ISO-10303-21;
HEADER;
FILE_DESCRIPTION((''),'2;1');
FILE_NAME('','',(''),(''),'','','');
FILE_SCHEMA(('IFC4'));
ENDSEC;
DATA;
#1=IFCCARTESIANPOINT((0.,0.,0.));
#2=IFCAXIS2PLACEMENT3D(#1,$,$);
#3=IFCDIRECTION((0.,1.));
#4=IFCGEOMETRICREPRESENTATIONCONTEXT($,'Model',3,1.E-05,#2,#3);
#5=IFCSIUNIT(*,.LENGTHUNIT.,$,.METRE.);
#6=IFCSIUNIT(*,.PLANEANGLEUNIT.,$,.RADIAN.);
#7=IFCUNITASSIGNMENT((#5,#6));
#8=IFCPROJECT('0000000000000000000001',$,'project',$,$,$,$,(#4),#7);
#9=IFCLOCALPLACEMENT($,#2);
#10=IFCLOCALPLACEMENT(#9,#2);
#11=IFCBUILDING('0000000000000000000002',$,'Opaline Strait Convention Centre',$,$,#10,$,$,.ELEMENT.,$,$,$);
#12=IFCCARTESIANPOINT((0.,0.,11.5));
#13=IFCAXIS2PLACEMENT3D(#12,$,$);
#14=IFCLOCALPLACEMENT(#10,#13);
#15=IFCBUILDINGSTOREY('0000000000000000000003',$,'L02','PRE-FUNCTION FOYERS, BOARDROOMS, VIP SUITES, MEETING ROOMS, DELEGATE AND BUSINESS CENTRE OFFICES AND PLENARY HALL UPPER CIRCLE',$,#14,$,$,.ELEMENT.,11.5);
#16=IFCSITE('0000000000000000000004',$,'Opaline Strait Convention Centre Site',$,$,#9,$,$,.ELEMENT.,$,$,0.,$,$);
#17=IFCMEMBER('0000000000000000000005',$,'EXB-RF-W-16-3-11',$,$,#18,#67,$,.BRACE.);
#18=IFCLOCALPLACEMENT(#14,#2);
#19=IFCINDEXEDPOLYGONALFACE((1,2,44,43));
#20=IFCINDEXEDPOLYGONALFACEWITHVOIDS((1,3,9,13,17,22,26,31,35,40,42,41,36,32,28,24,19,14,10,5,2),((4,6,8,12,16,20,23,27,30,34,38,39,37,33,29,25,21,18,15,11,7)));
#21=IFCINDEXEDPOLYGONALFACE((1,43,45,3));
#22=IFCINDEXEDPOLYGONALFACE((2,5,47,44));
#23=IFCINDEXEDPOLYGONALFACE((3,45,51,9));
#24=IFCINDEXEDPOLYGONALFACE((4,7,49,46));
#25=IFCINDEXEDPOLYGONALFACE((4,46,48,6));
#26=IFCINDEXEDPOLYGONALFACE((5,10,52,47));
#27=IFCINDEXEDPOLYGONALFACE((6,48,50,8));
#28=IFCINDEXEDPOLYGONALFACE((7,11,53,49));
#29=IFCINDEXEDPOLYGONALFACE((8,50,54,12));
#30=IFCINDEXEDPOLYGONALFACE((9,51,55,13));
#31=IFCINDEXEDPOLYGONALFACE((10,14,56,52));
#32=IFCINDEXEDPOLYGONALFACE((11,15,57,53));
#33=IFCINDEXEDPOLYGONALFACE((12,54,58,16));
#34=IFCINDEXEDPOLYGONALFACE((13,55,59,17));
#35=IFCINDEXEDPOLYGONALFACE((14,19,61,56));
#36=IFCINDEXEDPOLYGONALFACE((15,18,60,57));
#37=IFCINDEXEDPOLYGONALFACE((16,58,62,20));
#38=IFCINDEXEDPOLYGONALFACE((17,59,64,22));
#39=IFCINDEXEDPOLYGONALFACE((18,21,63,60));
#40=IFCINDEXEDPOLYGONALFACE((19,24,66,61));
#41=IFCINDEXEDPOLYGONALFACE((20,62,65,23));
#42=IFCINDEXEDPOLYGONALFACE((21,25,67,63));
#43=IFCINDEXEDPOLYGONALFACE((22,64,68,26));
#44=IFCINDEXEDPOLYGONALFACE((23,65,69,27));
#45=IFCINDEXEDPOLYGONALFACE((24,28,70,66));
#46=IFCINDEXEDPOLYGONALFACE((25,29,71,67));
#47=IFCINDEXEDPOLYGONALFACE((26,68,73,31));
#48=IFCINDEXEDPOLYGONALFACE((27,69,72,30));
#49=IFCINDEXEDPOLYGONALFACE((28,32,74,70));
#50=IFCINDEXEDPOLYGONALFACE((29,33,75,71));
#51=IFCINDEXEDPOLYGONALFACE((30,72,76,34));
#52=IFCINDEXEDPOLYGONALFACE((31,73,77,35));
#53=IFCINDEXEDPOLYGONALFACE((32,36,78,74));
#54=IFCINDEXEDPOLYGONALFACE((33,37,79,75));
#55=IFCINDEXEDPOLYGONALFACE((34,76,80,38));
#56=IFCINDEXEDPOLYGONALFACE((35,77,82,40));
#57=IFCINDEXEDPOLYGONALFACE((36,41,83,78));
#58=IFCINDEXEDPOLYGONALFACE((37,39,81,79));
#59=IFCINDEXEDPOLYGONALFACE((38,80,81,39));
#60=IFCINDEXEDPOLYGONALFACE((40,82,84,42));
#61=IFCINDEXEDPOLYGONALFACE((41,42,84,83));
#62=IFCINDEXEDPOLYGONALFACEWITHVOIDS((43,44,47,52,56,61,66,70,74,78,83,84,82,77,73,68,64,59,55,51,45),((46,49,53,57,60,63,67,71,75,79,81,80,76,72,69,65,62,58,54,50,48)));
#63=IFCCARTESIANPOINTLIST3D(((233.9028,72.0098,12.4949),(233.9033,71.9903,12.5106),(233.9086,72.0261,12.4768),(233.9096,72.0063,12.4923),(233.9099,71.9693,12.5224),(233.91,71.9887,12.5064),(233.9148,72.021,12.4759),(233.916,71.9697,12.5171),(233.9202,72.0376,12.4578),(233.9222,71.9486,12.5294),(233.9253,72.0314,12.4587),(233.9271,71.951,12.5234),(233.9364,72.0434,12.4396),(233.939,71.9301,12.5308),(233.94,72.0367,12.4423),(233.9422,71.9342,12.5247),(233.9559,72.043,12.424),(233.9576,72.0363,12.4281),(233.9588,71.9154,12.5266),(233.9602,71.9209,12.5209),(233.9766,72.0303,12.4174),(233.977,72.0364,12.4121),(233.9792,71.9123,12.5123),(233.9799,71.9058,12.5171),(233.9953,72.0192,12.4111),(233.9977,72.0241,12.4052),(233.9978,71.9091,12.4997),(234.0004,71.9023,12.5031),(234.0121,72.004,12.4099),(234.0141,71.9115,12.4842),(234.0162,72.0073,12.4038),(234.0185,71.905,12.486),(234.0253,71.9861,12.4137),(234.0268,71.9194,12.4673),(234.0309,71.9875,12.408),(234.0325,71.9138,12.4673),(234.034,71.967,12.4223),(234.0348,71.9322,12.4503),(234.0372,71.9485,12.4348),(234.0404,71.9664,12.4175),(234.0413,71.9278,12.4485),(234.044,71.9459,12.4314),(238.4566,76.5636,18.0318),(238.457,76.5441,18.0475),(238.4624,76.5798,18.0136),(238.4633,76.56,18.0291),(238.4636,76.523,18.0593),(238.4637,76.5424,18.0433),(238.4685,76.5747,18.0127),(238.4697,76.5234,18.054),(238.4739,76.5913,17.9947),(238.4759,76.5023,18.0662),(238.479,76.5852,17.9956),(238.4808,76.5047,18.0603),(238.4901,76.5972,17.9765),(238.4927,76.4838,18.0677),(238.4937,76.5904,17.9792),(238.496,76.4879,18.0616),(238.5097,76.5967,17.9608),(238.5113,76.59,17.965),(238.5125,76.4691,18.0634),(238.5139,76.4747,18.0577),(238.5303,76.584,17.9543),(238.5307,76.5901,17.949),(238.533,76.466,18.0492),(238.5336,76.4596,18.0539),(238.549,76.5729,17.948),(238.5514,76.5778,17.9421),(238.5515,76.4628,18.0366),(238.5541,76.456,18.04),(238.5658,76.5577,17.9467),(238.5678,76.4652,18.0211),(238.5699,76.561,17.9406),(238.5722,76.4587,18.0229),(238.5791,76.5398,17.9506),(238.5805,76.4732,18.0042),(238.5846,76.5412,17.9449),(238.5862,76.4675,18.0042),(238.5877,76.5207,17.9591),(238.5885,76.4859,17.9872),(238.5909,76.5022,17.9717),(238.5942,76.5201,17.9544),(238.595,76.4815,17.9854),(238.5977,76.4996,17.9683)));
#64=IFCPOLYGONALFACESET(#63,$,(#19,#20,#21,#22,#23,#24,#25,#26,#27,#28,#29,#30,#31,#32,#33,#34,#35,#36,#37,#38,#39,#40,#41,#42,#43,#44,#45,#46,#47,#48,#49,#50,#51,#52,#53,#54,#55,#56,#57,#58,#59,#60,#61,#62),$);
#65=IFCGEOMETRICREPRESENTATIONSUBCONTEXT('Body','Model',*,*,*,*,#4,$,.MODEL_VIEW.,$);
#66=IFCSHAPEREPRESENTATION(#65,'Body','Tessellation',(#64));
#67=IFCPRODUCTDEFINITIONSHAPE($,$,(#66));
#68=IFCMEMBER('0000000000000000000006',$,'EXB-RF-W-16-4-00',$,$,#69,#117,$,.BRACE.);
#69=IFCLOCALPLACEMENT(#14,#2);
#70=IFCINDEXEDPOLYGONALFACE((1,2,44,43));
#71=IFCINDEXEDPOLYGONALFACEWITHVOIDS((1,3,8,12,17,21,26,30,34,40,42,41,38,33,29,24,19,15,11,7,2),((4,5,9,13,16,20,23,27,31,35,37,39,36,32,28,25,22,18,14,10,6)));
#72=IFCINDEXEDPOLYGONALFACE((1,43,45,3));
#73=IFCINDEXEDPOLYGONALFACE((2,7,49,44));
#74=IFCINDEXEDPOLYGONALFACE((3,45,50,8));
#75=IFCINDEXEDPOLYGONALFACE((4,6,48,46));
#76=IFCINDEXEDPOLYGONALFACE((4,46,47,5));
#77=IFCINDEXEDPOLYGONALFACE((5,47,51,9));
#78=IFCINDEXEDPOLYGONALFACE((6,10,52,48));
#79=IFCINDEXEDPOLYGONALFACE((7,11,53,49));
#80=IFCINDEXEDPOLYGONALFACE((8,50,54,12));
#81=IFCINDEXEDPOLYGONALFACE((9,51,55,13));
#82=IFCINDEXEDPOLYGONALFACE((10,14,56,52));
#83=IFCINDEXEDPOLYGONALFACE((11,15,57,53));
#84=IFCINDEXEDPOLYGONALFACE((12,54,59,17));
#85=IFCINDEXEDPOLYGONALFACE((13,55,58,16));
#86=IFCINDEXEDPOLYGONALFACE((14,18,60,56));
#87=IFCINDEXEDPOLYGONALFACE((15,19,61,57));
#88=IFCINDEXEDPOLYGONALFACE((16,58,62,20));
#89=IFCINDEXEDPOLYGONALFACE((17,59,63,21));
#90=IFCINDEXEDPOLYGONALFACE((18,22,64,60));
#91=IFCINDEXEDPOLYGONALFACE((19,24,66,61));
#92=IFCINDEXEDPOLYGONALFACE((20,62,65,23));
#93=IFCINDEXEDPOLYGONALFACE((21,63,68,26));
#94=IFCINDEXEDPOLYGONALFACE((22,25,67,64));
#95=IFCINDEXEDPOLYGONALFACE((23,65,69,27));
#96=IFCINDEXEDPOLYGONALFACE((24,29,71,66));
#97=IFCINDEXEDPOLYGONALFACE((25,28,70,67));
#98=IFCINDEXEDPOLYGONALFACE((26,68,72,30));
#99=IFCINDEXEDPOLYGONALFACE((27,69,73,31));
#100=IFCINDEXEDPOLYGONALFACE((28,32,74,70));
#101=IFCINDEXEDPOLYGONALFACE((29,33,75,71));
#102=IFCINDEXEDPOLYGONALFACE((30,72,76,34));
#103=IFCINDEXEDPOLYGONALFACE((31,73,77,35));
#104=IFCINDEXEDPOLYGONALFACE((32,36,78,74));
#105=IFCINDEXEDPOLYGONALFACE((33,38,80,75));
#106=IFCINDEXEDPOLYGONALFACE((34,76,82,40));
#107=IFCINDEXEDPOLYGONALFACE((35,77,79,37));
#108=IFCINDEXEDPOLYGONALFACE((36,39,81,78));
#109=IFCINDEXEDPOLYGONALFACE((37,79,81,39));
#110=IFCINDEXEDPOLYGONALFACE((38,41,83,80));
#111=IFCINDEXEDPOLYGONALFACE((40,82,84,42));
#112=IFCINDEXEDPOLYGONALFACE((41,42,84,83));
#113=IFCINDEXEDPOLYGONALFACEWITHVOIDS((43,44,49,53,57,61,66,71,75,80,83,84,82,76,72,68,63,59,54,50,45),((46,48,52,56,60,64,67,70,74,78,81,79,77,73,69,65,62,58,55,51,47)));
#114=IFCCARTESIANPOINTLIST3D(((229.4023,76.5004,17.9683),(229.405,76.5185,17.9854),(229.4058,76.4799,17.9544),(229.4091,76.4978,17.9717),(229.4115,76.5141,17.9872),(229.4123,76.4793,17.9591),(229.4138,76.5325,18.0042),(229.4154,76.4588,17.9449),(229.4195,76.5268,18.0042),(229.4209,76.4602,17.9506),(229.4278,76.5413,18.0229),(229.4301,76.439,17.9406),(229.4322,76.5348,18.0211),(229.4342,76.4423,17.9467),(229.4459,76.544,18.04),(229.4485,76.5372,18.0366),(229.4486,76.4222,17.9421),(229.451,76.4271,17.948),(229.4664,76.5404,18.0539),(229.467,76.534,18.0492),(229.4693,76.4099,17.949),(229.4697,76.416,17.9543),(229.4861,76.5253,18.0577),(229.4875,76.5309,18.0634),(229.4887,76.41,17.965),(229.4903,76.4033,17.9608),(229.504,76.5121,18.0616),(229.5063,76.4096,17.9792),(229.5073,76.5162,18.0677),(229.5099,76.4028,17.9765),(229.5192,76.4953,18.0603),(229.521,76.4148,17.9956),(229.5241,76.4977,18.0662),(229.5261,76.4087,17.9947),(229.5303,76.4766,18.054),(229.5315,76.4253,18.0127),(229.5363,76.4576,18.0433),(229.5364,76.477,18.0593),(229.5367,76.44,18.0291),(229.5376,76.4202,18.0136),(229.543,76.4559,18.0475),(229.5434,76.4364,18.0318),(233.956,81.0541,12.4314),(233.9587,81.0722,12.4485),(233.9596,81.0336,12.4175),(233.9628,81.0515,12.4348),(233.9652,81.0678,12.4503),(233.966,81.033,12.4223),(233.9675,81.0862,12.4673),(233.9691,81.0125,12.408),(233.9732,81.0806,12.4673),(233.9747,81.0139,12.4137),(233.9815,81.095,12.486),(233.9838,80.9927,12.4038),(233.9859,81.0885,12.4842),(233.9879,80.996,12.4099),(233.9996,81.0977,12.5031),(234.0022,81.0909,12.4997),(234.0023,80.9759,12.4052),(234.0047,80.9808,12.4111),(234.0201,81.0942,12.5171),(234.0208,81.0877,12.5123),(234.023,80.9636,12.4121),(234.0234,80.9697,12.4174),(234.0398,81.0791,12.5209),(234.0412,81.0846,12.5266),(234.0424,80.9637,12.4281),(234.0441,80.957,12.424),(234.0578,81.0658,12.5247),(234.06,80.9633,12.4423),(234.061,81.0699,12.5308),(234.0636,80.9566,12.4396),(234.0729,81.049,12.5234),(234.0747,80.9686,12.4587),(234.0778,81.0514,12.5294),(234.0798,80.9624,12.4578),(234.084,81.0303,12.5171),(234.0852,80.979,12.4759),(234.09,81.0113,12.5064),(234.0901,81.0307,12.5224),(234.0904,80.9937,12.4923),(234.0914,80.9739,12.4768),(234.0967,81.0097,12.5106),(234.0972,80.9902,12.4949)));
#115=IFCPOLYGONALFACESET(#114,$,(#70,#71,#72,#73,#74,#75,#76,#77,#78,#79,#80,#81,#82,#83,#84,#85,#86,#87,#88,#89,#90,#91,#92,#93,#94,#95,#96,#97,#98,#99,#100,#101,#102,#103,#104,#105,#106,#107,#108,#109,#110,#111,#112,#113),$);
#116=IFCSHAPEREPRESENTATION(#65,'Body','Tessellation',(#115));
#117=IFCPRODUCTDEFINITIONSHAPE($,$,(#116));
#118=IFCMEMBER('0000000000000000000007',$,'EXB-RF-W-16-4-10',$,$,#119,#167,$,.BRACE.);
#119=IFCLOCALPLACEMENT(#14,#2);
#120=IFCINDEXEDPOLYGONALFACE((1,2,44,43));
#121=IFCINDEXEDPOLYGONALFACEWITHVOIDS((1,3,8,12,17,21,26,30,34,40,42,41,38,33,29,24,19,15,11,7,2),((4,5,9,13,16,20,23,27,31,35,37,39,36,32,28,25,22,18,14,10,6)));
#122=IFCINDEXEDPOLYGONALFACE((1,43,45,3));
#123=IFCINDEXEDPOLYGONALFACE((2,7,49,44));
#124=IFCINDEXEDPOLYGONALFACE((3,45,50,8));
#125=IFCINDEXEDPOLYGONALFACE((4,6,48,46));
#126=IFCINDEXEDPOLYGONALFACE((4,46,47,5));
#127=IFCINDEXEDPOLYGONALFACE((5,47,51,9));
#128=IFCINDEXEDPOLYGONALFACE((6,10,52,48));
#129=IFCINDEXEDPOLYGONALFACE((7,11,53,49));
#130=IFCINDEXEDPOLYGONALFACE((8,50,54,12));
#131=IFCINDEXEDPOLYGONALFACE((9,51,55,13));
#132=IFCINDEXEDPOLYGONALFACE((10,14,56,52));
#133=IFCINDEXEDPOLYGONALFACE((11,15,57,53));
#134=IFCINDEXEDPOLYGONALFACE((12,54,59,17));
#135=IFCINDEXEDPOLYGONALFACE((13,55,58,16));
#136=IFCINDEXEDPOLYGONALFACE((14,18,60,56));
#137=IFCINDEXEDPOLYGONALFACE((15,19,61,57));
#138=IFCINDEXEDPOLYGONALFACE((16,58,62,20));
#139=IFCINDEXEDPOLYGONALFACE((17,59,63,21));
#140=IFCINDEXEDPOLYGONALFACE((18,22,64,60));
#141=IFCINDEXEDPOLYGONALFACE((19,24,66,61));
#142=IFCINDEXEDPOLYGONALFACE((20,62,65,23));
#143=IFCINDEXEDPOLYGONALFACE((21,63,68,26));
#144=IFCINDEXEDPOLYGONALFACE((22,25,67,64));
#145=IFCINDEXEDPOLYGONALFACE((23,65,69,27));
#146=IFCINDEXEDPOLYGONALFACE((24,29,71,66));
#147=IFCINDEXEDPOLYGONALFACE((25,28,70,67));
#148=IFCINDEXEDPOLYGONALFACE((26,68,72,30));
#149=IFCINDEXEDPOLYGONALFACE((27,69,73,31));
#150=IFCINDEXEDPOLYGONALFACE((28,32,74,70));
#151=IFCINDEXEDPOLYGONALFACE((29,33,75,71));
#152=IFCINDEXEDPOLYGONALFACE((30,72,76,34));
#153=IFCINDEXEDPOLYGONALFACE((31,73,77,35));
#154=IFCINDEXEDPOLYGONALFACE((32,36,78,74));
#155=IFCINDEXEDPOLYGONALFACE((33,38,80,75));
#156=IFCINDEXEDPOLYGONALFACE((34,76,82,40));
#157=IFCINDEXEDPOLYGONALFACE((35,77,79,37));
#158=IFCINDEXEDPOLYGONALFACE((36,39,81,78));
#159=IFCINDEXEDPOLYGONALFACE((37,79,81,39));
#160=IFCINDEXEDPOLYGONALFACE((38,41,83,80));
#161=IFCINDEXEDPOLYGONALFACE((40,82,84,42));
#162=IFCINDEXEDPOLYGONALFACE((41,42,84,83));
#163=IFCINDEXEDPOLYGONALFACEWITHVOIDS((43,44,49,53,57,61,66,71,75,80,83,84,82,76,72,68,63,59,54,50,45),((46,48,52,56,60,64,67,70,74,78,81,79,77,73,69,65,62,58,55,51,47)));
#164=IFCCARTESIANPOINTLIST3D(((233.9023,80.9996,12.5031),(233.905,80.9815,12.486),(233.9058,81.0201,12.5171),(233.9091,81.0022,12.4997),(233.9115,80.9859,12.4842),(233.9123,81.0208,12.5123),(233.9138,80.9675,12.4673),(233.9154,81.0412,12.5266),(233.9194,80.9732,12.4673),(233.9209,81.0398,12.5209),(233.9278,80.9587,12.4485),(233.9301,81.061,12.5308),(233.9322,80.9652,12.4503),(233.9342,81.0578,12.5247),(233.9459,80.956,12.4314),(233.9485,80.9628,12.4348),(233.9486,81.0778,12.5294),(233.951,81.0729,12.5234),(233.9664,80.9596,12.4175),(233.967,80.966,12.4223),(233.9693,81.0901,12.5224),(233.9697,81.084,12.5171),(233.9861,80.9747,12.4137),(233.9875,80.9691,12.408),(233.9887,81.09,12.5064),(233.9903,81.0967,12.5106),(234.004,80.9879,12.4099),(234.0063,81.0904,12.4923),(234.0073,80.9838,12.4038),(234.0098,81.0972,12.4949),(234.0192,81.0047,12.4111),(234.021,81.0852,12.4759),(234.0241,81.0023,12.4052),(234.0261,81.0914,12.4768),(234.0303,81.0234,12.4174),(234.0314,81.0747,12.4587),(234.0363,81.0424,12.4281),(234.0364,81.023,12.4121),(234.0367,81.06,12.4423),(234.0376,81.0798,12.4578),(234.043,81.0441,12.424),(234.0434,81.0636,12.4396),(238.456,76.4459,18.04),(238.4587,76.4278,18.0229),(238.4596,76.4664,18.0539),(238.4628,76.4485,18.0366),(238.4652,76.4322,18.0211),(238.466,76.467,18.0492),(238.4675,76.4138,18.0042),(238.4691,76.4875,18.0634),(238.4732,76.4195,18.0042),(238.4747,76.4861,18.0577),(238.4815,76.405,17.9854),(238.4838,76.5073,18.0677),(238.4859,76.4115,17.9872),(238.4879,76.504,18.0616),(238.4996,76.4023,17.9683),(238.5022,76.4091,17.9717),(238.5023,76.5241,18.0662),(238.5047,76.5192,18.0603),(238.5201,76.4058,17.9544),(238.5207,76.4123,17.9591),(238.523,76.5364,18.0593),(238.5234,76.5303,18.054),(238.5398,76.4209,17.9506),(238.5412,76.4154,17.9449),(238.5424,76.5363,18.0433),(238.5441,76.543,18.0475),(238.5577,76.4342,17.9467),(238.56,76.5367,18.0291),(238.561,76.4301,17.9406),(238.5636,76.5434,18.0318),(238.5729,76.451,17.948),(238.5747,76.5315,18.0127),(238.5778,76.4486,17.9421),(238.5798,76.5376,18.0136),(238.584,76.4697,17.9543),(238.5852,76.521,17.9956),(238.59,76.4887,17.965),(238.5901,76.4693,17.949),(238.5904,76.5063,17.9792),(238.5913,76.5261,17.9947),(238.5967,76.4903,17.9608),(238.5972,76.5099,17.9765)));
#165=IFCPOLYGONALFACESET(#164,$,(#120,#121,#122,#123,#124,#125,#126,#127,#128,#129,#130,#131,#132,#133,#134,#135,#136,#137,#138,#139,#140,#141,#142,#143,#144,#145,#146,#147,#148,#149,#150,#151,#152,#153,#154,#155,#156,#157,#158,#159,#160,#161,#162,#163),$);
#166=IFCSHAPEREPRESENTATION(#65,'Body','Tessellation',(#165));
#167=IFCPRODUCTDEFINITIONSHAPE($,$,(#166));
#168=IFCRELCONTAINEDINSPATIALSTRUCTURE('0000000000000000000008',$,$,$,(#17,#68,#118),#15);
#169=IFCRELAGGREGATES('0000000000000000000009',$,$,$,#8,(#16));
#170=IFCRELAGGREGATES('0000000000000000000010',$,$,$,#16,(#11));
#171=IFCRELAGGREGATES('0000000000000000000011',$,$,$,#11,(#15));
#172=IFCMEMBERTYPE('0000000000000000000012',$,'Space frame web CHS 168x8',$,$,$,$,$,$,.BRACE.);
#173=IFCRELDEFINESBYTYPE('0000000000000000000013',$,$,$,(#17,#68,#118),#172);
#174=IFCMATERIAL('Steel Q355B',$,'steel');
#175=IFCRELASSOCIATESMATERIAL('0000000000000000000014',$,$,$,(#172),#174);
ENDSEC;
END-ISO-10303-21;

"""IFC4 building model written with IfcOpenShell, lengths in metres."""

from ifc_helpers import new_model, si_unit, direction, frame, origin, origin_2d, place, context, subcontext, project, spatial, hollow_circle, extrude, material, material_profile, profile_set, type_object, element, save


model = new_model("IFC4")

# Units and contexts
model_context = context("Model", 3, precision=1e-05, world=origin(), true_north=direction((0.0, 1.0)))
body_context = subcontext(model_context, "Body", "Model", "MODEL_VIEW")
ifc_project = project(units=[si_unit("LENGTHUNIT", "METRE"), si_unit("PLANEANGLEUNIT", "RADIAN")], contexts=[model_context])

# Site, building, storey
site_placement = place(None, origin())
site = spatial("IfcSite", under=ifc_project, at=site_placement, Name="Opaline Strait Convention Centre Site", CompositionType="ELEMENT", RefElevation=0.0)
building_placement = place(site_placement, origin())
building = spatial("IfcBuilding", under=site, at=building_placement, Name="Opaline Strait Convention Centre", CompositionType="ELEMENT")
storey_placement = place(building_placement, frame((0.0, 0.0, 11.5)))
storey = spatial("IfcBuildingStorey", under=building, at=storey_placement, Name="L02", Description="PRE-FUNCTION FOYERS, BOARDROOMS, VIP SUITES, MEETING ROOMS, DELEGATE AND BUSINESS CENTRE OFFICES AND PLENARY HALL UPPER CIRCLE", CompositionType="ELEMENT", Elevation=11.5)

# Members
ifc_material = material(Name="Steel Q355B", Category="steel")
ifc_material_profile_1 = material_profile(ifc_material, hollow_circle(Radius=0.084, WallThickness=0.0081, at=origin_2d()), Name="CHS 168x8")
ifc_profile_set_1 = profile_set([ifc_material_profile_1], Name="Steel Q355B")
member_type_1 = type_object("IfcMemberType", Name="Space frame web CHS 168x8", PredefinedType="BRACE", material=ifc_profile_set_1)
for number, where, z_axis, x_axis, name in (
    (1, (238.5269, 76.5269, 18.0042), (-0.536178, -0.536178, -0.65194), (0.707107, -0.707107, 0.0), "EXB-RF-W-16-3-11"),
    (2, (229.4731, 76.4731, 18.0042), (0.536178, 0.536178, -0.65194), (-0.707107, 0.707107, 0.0), "EXB-RF-W-16-4-00"),
    (3, (238.5269, 76.4731, 18.0042), (-0.536178, 0.536178, -0.65194), (-0.707107, -0.707107, 0.0), "EXB-RF-W-16-4-10"),
):
    element("IfcMember", number, at=place(storey_placement, frame(where, z_axis=z_axis, x_axis=x_axis)), inside=storey, type_object=member_type_1, Name=name, PredefinedType="BRACE", context=body_context, shape_type="SweptSolid", body=[
        extrude(hollow_circle(Radius=0.084, WallThickness=0.0081, at=origin_2d()), origin(), (0.0, 0.0, 1.0), 8.4929),
    ])

save(model, "model.ifc")
